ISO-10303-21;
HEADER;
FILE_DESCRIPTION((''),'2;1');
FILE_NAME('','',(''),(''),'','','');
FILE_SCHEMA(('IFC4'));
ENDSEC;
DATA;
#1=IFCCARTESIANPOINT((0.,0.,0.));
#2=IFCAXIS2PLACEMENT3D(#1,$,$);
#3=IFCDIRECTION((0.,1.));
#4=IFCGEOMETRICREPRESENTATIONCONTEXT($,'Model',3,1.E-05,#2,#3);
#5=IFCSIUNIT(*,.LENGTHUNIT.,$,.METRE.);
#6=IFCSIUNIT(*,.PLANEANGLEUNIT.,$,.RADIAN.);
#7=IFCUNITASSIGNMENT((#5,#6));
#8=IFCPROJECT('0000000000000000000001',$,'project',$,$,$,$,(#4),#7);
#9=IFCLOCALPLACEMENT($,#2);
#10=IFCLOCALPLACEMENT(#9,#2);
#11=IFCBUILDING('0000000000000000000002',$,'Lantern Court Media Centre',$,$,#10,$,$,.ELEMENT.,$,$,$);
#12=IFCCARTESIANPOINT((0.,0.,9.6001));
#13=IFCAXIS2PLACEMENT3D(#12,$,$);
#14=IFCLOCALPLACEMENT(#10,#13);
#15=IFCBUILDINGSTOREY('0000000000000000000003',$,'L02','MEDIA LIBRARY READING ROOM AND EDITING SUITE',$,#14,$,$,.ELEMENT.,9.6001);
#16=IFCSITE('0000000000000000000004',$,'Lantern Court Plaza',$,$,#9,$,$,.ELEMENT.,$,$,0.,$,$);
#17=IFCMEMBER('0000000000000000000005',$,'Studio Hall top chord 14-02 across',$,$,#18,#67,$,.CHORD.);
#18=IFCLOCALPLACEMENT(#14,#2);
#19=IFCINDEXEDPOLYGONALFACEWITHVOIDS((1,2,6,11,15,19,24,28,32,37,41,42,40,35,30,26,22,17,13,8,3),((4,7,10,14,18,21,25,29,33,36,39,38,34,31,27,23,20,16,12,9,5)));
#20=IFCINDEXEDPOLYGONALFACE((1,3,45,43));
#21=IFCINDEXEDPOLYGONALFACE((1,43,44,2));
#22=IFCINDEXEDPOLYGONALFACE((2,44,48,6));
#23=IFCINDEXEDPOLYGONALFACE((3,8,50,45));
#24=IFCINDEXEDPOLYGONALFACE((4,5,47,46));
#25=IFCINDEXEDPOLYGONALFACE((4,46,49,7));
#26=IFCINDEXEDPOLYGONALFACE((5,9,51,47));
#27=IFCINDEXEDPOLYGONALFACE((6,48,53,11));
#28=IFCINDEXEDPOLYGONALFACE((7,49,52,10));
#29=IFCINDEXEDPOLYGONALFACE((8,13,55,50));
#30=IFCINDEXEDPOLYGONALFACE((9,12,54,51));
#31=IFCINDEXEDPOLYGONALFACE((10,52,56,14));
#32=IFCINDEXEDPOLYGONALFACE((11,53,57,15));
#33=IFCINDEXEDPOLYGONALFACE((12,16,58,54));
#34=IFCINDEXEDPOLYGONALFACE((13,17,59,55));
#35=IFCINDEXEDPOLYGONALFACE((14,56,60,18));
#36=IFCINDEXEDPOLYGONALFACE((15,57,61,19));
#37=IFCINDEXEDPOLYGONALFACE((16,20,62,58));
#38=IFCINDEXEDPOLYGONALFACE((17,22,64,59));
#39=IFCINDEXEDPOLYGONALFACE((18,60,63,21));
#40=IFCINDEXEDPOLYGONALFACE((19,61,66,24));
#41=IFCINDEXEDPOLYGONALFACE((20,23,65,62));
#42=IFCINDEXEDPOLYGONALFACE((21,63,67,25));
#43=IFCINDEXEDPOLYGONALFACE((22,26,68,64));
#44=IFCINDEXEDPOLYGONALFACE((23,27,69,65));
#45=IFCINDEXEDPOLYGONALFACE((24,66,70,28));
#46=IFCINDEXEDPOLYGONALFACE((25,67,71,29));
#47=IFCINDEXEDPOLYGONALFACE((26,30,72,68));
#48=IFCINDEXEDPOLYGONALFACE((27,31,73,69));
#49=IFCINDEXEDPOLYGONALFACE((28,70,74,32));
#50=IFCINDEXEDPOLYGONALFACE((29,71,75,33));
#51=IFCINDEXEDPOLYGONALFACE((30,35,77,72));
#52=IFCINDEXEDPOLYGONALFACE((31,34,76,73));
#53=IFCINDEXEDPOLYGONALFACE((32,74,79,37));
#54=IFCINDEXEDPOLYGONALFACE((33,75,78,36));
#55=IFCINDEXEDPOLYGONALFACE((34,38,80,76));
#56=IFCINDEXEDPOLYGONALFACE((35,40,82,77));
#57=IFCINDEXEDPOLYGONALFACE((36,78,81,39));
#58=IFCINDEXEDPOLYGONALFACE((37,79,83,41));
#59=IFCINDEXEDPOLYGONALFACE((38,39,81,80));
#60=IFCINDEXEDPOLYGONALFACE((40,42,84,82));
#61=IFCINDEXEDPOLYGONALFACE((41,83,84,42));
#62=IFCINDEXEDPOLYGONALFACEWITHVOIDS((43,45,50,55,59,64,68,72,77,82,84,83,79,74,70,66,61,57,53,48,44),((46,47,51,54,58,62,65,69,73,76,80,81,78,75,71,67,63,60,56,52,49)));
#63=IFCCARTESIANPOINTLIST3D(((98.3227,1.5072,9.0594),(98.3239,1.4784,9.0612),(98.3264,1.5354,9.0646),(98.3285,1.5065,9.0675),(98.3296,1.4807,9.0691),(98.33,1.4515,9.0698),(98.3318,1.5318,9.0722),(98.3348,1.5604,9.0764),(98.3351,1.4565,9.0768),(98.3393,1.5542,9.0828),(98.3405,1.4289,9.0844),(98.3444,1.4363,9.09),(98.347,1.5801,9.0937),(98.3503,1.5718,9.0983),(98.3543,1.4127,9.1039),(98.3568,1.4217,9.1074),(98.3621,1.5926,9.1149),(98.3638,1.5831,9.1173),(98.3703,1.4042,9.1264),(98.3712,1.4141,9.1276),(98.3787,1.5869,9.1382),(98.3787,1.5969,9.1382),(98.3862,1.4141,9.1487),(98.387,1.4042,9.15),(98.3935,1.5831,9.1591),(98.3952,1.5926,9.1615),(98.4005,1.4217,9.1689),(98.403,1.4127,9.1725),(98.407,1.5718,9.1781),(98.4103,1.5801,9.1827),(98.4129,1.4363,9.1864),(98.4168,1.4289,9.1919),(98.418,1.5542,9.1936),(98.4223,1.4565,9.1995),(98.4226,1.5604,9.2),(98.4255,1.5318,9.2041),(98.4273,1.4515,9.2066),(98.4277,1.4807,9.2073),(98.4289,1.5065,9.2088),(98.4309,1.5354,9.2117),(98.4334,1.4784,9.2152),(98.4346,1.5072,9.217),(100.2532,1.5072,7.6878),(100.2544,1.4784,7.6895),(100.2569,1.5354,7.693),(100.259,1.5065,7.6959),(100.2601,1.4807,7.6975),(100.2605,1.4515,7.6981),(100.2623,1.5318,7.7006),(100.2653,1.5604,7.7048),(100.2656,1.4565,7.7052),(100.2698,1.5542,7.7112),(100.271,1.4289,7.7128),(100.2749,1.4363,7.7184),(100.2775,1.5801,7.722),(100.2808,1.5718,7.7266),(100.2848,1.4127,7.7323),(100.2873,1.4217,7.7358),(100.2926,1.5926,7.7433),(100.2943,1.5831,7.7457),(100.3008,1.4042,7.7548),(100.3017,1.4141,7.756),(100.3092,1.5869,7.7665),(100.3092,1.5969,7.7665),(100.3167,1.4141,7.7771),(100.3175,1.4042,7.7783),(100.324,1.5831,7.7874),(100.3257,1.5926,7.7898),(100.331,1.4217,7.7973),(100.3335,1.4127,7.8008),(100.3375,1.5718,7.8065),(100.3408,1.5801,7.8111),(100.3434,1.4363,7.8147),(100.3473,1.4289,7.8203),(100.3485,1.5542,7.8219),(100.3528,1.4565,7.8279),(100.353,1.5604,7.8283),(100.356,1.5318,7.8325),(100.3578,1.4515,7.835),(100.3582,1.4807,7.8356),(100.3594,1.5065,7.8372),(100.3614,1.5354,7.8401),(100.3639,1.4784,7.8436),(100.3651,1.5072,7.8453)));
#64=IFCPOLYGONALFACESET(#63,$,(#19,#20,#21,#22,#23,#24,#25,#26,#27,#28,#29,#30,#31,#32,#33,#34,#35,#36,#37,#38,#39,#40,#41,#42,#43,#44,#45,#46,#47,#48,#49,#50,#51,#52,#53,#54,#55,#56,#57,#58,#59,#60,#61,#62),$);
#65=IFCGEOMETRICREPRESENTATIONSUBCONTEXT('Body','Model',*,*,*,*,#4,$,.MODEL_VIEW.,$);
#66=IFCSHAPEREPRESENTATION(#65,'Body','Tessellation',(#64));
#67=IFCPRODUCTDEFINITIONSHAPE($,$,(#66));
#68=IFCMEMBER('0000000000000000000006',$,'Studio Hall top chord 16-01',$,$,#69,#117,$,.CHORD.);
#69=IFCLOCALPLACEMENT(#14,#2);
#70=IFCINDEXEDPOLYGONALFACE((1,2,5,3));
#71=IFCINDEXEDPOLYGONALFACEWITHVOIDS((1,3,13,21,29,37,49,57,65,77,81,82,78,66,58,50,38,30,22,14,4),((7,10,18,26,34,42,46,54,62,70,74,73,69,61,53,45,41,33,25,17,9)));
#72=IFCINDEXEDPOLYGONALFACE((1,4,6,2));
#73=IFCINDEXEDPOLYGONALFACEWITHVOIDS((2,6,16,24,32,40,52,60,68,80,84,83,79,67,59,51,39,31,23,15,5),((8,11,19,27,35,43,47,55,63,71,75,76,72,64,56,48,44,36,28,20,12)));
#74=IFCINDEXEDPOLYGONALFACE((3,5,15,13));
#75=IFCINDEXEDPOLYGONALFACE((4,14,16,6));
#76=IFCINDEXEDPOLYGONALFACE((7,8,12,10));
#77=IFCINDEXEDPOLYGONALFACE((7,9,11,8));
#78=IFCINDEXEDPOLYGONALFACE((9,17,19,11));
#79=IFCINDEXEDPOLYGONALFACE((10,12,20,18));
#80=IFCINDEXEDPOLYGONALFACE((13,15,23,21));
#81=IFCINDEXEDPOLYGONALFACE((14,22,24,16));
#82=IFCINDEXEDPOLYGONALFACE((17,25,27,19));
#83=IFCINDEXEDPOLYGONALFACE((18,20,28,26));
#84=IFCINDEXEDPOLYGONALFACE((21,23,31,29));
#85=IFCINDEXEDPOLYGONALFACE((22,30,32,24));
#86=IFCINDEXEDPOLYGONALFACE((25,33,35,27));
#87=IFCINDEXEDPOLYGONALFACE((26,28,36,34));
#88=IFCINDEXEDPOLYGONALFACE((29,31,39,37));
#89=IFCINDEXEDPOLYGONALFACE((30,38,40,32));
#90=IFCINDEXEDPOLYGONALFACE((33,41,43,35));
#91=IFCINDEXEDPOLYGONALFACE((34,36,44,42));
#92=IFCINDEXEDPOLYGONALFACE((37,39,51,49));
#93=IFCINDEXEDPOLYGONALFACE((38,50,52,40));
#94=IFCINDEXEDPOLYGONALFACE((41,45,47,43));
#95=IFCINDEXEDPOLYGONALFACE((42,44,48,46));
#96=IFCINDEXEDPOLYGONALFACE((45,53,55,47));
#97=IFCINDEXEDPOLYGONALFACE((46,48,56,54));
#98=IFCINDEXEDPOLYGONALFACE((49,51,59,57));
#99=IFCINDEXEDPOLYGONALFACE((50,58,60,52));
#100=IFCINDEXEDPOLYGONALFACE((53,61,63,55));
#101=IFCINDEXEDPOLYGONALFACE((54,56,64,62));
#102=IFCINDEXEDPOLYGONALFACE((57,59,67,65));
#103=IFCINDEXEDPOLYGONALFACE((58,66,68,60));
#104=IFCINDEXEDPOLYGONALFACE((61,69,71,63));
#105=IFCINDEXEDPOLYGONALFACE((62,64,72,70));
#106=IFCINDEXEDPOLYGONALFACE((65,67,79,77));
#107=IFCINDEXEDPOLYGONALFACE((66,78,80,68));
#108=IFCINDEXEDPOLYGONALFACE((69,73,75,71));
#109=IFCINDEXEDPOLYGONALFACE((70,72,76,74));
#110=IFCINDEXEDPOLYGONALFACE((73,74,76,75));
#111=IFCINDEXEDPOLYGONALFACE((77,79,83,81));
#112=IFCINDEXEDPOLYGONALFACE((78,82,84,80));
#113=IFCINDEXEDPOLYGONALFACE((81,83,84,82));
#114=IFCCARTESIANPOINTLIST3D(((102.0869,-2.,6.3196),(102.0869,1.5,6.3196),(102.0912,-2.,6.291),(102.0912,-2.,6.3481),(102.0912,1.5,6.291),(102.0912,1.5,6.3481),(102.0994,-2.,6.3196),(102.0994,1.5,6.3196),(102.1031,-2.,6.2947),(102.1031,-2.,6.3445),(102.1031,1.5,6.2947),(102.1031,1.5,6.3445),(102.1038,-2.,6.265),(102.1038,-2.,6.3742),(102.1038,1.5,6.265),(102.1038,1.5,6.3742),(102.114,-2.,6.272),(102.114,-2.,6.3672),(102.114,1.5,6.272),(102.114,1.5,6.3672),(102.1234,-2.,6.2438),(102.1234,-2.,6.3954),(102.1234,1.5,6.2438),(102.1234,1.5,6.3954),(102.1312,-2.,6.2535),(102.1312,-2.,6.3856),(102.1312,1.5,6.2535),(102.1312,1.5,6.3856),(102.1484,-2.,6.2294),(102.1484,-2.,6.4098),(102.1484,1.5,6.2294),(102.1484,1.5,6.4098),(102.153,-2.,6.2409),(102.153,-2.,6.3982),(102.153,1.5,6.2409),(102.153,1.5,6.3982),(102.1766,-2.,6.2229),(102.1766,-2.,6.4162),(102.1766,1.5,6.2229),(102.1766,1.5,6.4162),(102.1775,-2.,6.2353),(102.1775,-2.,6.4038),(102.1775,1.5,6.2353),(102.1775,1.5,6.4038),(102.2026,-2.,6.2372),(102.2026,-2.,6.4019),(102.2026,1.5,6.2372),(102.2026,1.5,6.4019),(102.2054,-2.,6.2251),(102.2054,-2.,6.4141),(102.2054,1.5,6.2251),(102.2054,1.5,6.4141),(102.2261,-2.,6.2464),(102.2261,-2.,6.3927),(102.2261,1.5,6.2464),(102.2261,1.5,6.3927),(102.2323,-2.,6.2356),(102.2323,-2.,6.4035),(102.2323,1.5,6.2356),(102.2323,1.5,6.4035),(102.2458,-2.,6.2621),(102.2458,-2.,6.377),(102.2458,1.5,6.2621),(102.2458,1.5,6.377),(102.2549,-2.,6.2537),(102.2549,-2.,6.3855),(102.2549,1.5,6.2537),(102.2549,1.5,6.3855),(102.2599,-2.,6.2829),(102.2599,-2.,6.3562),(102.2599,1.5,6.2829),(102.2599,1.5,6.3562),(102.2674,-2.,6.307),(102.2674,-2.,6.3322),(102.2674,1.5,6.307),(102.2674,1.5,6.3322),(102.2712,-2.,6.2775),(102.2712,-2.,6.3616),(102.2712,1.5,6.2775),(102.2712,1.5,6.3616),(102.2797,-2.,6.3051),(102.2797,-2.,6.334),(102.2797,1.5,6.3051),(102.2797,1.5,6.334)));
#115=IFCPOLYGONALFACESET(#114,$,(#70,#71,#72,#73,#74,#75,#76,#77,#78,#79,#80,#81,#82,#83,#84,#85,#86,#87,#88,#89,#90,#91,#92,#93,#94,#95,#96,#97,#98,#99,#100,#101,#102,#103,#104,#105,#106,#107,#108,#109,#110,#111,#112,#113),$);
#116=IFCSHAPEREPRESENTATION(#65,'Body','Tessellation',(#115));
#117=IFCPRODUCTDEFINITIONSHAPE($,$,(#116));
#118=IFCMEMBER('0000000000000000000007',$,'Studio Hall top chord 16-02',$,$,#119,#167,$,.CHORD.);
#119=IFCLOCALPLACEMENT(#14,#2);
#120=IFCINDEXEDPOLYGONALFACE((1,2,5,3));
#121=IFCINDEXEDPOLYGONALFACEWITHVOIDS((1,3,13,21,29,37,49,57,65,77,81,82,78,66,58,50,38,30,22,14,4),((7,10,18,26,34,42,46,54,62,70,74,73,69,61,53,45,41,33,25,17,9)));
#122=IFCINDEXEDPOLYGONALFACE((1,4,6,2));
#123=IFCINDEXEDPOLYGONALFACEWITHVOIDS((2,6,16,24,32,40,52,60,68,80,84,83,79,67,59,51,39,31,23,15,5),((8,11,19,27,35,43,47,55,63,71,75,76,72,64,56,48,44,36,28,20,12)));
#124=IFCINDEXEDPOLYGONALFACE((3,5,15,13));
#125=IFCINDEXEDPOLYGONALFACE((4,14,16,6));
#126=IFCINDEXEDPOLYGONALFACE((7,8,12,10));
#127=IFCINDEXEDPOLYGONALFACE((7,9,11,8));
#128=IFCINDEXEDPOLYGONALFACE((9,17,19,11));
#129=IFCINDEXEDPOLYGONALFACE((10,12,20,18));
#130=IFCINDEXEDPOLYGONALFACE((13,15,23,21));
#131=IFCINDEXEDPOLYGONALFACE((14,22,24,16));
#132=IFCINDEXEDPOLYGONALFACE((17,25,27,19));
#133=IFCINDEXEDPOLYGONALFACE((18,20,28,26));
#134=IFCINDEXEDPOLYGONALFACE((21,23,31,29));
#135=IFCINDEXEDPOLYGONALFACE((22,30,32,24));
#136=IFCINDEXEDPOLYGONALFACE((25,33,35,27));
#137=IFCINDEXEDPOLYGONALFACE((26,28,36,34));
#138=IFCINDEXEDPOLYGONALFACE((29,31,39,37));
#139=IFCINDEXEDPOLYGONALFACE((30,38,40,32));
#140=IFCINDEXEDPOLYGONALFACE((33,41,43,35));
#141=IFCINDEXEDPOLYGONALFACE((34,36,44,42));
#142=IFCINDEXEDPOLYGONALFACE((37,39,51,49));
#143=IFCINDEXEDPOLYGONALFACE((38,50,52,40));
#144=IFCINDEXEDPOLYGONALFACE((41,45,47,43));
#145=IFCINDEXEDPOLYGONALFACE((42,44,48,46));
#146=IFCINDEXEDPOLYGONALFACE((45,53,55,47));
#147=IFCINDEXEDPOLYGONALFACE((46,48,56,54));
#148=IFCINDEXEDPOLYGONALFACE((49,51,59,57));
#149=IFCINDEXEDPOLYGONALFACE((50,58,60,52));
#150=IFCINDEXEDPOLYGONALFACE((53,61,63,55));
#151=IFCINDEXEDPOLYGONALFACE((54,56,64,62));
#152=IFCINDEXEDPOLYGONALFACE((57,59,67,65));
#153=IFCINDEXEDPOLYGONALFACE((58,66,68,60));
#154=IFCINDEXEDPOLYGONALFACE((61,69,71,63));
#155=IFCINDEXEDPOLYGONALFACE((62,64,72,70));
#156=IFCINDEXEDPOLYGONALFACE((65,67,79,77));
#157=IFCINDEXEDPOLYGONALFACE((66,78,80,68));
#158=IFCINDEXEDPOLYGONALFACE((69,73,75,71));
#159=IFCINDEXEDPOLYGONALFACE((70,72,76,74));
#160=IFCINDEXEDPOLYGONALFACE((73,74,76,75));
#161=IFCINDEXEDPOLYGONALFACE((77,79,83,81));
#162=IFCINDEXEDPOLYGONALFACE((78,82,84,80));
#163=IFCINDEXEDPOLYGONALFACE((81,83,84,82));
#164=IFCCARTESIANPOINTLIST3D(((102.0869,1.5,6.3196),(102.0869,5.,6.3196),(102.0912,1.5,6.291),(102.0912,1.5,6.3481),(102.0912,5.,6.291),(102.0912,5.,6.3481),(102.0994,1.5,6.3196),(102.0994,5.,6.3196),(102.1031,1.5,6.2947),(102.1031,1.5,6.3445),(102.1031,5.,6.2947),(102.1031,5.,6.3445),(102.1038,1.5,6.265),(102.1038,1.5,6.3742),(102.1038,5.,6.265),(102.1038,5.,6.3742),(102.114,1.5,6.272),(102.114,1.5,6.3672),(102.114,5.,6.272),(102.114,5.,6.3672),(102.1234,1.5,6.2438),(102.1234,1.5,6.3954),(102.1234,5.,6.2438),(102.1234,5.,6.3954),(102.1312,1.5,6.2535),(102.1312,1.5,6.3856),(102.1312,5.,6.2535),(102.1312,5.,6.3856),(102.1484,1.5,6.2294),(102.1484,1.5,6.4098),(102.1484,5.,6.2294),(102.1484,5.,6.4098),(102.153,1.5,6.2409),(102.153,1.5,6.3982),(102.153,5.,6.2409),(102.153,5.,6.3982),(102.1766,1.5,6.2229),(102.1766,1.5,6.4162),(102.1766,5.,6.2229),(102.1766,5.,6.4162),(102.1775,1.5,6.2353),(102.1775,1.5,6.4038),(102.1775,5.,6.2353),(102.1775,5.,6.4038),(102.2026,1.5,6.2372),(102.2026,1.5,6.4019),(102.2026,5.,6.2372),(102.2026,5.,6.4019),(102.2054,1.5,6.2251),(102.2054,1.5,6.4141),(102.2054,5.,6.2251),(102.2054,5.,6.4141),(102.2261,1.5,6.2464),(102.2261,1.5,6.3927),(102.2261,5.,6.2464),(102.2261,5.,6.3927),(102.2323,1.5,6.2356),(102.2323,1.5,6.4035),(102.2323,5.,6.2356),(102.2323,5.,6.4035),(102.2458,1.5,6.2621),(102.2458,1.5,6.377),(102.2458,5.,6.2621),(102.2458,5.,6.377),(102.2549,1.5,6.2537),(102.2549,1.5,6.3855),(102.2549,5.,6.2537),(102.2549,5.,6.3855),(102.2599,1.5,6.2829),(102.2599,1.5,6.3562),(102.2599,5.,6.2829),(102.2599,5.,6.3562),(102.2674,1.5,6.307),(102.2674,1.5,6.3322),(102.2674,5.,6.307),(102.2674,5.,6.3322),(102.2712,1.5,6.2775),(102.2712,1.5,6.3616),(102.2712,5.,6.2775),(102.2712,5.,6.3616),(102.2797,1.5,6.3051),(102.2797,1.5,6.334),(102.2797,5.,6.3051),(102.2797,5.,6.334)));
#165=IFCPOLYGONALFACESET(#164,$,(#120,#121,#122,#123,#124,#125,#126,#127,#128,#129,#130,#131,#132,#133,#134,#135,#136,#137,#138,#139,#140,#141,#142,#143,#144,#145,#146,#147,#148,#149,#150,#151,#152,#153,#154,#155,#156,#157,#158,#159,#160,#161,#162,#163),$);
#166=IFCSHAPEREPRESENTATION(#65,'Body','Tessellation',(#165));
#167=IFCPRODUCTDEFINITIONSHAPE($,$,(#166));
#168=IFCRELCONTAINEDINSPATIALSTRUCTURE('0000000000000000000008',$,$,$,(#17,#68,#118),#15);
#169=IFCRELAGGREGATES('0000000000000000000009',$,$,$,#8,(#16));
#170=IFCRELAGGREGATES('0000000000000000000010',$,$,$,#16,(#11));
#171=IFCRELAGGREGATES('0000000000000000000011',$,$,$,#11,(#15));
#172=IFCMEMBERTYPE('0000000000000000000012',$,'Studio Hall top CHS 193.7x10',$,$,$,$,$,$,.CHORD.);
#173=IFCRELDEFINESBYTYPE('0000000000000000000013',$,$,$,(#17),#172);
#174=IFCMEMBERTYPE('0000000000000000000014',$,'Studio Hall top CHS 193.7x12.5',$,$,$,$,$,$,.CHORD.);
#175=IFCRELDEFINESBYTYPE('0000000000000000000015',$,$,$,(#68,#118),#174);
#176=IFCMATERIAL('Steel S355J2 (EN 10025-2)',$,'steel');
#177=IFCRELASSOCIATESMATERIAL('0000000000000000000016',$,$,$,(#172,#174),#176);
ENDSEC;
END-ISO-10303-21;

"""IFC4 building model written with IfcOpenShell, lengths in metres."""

from ifc_helpers import new_model, si_unit, direction, frame, origin, origin_2d, place, context, subcontext, project, spatial, hollow_circle, extrude, material, material_profile, profile_set, type_object, element, save


model = new_model("IFC4")

# Units and contexts
model_context = context("Model", 3, precision=1e-05, world=origin(), true_north=direction((0.0, 1.0)))
body_context = subcontext(model_context, "Body", "Model", "MODEL_VIEW")
ifc_project = project(units=[si_unit("LENGTHUNIT", "METRE"), si_unit("PLANEANGLEUNIT", "RADIAN")], contexts=[model_context])

# Site, building, storey
site_placement = place(None, origin())
site = spatial("IfcSite", under=ifc_project, at=site_placement, Name="Lantern Court Plaza", CompositionType="ELEMENT", RefElevation=0.0)
building_placement = place(site_placement, origin())
building = spatial("IfcBuilding", under=site, at=building_placement, Name="Lantern Court Media Centre", CompositionType="ELEMENT")
storey_placement = place(building_placement, frame((0.0, 0.0, 9.6001)))
storey = spatial("IfcBuildingStorey", under=building, at=storey_placement, Name="L02", Description="MEDIA LIBRARY READING ROOM AND EDITING SUITE", CompositionType="ELEMENT", Elevation=9.6001)

# Members
ifc_material = material(Name="Steel S355J2 (EN 10025-2)", Category="steel")
ifc_material_profile_1 = material_profile(ifc_material, hollow_circle(Radius=0.0969, WallThickness=0.01, at=origin_2d()), Name="Studio Hall top CHS 193.7x10")
ifc_profile_set_1 = profile_set([ifc_material_profile_1], Name="Steel S355J2 (EN 10025-2)")
member_type_1 = type_object("IfcMemberType", Name="Studio Hall top CHS 193.7x10", PredefinedType="CHORD", material=ifc_profile_set_1)
for number, where, z_axis, x_axis, name in (
    (1, (98.3787, 1.5, 9.1382), (0.815187, 0.0, -0.579198), (0.0, 1.0, 0.0), "Studio Hall top chord 14-02 across"),
):
    element("IfcMember", number, at=place(storey_placement, frame(where, z_axis=z_axis, x_axis=x_axis)), inside=storey, type_object=member_type_1, Name=name, PredefinedType="CHORD", context=body_context, shape_type="SweptSolid", body=[
        extrude(hollow_circle(Radius=0.0969, WallThickness=0.01, at=origin_2d()), origin(), (0.0, 0.0, 1.0), 2.3682),
    ])
ifc_material_profile_2 = material_profile(ifc_material, hollow_circle(Radius=0.0969, WallThickness=0.0125, at=origin_2d()), Name="Studio Hall top CHS 193.7x12.5")
ifc_profile_set_2 = profile_set([ifc_material_profile_2], Name="Steel S355J2 (EN 10025-2)")
member_type_2 = type_object("IfcMemberType", Name="Studio Hall top CHS 193.7x12.5", PredefinedType="CHORD", material=ifc_profile_set_2)
for number, where, z_axis, x_axis, name in (
    (2, (102.1838, -2.0, 6.3196), (0.0, 1.0, 0.0), (-1.0, 0.0, 0.0), "Studio Hall top chord 16-01"),
    (3, (102.1838, 1.5, 6.3196), (0.0, 1.0, 0.0), (-1.0, 0.0, 0.0), "Studio Hall top chord 16-02"),
):
    element("IfcMember", number, at=place(storey_placement, frame(where, z_axis=z_axis, x_axis=x_axis)), inside=storey, type_object=member_type_2, Name=name, PredefinedType="CHORD", context=body_context, shape_type="SweptSolid", body=[
        extrude(hollow_circle(Radius=0.0969, WallThickness=0.0125, at=origin_2d()), origin(), (0.0, 0.0, 1.0), 3.5),
    ])

save(model, "model.ifc")
